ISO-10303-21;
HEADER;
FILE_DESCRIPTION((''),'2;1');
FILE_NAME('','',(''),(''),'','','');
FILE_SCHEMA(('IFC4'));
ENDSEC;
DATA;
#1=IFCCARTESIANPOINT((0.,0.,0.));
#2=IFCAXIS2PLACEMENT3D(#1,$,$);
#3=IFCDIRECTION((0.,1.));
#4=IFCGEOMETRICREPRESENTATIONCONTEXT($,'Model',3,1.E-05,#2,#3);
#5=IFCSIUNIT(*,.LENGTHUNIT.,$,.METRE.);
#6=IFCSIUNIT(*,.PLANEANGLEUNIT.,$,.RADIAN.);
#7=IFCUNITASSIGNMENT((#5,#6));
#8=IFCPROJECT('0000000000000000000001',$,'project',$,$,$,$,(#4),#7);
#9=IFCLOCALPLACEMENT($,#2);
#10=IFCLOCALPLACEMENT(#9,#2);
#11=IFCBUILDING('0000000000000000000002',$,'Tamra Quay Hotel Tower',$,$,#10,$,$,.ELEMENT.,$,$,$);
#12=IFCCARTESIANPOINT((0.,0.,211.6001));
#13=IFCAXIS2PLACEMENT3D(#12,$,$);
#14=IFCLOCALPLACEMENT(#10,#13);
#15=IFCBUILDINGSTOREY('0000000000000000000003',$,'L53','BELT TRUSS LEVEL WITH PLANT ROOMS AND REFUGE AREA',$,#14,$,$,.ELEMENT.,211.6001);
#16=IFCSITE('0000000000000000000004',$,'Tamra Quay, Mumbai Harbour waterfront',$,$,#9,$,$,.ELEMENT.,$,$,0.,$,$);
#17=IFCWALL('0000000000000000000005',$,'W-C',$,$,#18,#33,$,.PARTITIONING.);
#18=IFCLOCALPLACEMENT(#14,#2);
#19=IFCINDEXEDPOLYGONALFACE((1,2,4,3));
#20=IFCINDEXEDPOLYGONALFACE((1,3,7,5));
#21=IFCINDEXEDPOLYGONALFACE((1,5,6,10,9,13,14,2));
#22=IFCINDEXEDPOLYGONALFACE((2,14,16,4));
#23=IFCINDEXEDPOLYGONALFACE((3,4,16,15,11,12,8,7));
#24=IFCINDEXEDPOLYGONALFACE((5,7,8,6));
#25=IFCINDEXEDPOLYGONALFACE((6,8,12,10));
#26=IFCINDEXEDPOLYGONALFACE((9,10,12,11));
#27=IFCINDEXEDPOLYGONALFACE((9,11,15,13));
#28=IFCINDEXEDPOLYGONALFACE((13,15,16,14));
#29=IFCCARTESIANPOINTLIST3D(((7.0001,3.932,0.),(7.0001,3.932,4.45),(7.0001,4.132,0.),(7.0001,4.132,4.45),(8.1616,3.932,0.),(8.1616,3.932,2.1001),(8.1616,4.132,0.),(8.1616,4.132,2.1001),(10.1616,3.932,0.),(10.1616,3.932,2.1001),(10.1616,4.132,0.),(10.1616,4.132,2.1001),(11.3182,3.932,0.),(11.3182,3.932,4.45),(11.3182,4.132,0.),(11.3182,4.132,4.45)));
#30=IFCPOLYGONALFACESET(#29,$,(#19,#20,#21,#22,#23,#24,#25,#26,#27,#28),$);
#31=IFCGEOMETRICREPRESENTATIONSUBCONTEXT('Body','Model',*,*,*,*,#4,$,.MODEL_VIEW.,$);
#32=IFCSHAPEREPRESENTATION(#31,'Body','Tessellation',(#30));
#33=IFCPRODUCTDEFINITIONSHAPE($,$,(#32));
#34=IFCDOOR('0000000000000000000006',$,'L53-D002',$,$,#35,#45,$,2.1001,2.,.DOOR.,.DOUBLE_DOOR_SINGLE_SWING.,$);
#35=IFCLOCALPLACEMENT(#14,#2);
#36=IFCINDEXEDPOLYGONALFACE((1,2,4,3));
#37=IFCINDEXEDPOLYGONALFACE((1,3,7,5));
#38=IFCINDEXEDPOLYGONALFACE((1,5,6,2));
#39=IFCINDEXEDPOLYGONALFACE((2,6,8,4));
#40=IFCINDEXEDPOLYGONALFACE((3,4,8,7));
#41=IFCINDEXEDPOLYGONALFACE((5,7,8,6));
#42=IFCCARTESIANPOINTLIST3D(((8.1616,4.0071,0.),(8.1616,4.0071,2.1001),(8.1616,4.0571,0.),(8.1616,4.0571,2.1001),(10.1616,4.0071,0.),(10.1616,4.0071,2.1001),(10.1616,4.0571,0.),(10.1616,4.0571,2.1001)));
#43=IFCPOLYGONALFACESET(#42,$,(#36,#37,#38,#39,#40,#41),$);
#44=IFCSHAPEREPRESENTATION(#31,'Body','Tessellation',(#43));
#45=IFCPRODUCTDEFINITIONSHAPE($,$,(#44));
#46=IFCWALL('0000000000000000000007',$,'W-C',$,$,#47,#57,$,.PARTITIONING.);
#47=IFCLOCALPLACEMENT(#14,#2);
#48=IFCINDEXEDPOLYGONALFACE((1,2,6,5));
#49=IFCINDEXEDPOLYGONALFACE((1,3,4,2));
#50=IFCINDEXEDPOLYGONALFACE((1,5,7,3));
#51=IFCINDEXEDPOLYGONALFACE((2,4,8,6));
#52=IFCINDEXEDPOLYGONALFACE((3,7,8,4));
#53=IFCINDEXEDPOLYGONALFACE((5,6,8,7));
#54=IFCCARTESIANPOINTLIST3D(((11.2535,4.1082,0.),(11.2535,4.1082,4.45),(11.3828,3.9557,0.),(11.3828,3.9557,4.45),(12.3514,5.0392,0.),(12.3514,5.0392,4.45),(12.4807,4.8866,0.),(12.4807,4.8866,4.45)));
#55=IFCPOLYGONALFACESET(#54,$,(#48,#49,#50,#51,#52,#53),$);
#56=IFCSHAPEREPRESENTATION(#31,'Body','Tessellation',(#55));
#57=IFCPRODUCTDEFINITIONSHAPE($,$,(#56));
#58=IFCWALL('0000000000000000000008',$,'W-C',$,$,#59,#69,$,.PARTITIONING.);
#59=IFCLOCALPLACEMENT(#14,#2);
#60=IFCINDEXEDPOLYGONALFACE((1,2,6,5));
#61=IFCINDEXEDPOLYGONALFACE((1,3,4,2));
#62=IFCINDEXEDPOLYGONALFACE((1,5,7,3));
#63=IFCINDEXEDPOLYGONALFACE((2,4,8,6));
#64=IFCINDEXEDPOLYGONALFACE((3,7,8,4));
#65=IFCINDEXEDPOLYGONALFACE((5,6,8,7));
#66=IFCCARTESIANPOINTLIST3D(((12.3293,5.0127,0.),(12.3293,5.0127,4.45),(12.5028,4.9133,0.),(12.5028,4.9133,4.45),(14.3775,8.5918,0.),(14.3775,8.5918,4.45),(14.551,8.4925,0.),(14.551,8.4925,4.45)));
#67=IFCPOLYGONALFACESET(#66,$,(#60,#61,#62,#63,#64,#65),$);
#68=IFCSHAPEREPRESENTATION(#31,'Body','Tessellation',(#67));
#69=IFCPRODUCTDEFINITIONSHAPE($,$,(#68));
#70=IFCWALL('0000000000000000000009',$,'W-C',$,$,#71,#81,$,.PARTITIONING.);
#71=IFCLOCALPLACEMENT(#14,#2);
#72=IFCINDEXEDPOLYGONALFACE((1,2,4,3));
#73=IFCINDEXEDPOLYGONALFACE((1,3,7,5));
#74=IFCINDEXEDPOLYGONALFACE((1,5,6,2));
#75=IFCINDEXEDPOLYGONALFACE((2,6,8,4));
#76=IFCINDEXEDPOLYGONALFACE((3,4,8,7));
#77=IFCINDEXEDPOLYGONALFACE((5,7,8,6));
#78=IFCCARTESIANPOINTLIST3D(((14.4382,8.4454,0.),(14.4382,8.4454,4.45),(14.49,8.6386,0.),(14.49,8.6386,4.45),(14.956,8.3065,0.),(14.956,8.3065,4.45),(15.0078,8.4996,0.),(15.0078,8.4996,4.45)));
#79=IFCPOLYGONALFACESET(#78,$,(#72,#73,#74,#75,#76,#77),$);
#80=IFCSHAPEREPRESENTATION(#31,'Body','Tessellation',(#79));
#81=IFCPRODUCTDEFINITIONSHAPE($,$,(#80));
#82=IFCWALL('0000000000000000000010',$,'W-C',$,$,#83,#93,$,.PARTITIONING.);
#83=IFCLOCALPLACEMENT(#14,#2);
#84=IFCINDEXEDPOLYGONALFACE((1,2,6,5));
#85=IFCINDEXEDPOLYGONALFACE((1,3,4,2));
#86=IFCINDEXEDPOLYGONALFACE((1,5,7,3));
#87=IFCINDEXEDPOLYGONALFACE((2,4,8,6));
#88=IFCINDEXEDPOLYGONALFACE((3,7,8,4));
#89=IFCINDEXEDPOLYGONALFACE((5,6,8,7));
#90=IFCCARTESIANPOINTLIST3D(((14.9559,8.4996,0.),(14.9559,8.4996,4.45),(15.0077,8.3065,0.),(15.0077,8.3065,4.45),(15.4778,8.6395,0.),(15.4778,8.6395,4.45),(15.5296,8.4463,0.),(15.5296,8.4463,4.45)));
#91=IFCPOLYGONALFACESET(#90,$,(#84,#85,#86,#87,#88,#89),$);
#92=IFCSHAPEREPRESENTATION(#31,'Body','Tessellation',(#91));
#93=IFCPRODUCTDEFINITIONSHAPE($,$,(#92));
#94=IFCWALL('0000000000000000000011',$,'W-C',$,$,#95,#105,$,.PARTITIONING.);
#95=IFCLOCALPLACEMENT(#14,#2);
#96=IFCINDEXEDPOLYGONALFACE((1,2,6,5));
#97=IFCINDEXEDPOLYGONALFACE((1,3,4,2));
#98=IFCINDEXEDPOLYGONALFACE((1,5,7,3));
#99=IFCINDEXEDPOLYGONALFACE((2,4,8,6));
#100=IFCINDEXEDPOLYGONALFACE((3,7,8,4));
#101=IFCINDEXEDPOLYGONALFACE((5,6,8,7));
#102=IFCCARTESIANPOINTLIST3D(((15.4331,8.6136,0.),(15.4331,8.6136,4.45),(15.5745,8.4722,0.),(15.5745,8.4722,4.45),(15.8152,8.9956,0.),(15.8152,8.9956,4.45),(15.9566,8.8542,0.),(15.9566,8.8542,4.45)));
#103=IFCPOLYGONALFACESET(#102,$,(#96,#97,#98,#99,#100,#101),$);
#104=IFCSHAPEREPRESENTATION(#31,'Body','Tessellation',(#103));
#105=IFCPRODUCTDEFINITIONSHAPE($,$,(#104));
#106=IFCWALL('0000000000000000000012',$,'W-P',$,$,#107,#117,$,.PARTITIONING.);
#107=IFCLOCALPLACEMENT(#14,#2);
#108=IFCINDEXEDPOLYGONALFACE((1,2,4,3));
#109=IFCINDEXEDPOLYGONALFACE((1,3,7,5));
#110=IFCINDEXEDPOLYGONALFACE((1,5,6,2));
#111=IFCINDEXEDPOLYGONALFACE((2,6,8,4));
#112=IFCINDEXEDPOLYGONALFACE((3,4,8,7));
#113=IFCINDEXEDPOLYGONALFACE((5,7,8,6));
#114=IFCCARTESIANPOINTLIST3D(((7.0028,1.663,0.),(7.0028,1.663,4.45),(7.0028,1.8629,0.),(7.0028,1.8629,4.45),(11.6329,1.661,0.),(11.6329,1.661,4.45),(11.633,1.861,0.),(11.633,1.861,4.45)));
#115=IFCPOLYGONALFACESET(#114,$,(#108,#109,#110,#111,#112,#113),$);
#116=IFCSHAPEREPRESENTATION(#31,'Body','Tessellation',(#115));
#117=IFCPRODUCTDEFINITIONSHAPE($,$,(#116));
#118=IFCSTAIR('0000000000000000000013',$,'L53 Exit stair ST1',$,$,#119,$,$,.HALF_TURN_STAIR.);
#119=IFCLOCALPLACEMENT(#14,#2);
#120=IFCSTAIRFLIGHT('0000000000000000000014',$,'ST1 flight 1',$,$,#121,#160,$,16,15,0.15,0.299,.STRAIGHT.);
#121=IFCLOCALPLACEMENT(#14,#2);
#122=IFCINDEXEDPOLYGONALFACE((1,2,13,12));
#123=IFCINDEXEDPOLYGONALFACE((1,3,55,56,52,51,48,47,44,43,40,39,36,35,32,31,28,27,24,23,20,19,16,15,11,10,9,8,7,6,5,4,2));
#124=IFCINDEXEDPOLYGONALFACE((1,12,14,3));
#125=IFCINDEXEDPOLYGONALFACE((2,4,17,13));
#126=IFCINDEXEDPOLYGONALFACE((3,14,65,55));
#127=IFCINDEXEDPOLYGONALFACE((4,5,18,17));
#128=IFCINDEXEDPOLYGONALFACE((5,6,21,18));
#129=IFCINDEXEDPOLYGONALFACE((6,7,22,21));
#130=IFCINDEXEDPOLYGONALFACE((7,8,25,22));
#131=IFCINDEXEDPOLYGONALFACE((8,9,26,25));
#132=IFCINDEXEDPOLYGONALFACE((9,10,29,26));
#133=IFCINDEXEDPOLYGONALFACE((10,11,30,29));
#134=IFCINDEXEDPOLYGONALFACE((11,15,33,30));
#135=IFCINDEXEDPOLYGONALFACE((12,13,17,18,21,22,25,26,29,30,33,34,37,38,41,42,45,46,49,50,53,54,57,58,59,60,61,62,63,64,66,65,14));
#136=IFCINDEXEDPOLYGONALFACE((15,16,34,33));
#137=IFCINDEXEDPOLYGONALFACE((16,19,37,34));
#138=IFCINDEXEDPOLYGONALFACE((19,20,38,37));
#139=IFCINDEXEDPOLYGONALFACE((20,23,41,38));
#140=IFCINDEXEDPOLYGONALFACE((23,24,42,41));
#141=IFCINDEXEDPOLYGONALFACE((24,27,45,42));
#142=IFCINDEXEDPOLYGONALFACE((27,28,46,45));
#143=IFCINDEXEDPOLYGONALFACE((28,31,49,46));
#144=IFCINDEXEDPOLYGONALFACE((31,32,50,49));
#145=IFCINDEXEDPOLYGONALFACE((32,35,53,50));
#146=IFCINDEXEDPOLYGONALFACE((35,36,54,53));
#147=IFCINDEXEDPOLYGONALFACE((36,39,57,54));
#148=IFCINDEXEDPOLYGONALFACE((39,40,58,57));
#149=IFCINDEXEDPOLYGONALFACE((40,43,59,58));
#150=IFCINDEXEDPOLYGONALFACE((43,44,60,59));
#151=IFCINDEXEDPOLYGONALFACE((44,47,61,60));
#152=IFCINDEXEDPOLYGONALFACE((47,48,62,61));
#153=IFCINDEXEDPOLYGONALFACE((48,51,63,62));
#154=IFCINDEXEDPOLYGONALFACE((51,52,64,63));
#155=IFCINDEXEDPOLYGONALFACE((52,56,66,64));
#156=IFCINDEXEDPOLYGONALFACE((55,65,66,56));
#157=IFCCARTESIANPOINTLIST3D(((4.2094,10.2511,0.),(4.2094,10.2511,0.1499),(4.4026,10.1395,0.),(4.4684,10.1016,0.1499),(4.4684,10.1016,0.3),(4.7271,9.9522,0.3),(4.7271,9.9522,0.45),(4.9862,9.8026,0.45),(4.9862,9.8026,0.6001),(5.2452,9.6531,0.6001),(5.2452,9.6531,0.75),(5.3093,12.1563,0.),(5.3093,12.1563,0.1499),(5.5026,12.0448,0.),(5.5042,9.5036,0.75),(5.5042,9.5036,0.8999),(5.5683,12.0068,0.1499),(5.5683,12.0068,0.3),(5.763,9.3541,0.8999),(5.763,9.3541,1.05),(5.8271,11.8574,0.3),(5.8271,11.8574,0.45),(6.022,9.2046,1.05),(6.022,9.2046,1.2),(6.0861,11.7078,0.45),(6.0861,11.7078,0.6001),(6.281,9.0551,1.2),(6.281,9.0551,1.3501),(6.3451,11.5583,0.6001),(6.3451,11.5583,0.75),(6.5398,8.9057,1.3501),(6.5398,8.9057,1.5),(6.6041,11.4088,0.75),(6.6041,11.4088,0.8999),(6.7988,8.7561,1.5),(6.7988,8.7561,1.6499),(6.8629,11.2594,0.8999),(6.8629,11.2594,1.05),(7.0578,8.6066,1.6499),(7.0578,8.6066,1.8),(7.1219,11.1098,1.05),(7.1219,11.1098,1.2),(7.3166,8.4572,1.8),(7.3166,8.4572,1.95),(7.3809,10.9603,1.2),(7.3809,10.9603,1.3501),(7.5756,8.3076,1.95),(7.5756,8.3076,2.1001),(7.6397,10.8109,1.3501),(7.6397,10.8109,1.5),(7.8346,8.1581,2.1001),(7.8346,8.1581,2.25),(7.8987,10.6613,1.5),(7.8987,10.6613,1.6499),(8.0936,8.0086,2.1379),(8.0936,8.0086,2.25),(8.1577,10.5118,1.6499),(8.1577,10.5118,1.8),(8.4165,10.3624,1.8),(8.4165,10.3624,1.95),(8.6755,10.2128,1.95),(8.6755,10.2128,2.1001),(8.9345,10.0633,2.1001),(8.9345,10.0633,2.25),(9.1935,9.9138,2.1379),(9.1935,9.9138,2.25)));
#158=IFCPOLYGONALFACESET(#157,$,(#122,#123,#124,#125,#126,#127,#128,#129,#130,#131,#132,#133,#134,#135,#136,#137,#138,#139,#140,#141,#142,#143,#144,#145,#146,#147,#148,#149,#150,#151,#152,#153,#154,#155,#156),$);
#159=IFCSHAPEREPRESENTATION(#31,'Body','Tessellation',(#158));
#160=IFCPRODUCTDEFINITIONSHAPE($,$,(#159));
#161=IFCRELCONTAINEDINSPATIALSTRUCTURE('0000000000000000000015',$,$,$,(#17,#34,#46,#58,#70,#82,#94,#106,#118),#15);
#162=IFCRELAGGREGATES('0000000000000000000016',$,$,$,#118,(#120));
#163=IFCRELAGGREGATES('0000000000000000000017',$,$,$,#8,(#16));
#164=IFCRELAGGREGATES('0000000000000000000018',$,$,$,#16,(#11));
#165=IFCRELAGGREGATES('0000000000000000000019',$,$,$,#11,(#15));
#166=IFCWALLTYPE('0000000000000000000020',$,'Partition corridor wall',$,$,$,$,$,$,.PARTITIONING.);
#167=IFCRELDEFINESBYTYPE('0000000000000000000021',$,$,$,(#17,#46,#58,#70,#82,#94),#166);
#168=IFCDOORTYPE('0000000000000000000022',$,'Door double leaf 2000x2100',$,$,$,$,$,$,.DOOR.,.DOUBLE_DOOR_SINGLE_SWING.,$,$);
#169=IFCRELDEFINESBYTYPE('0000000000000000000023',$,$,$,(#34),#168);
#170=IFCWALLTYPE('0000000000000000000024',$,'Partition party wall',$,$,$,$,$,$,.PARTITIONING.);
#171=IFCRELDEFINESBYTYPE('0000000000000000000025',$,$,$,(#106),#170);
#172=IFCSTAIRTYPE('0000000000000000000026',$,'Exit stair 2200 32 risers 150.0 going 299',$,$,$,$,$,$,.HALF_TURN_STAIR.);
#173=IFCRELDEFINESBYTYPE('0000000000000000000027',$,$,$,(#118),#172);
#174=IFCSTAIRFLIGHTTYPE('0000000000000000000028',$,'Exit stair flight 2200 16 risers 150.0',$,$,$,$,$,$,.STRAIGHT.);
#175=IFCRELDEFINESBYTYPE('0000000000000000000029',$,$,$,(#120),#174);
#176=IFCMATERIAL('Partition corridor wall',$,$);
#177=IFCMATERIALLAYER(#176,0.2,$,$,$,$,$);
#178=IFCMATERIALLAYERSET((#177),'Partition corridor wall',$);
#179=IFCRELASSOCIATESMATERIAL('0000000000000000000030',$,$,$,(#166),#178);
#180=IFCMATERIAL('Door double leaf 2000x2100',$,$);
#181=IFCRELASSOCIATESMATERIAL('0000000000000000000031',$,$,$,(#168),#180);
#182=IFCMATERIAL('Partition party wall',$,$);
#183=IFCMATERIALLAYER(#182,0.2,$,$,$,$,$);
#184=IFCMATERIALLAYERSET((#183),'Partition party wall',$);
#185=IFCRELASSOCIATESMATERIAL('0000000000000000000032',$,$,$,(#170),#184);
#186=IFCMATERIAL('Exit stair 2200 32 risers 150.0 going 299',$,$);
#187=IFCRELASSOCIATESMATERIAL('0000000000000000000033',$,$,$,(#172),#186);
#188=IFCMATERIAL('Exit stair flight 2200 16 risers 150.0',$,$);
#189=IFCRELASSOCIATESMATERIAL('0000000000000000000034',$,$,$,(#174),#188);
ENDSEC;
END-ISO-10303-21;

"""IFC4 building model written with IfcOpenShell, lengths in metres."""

from ifc_helpers import new_model, si_unit, direction, frame, frame_2d, origin, place, context, subcontext, project, spatial, polyline, rectangle, outline, extrude, material, layer, layer_set, type_object, element, fill, aggregate, save


model = new_model("IFC4")

# Units and contexts
model_context = context("Model", 3, precision=1e-05, world=origin(), true_north=direction((0.0, 1.0)))
body_context = subcontext(model_context, "Body", "Model", "MODEL_VIEW")
ifc_project = project(units=[si_unit("LENGTHUNIT", "METRE"), si_unit("PLANEANGLEUNIT", "RADIAN")], contexts=[model_context])

# Site, building, storey
site_placement = place(None, origin())
site = spatial("IfcSite", under=ifc_project, at=site_placement, Name="Tamra Quay, Mumbai Harbour waterfront", CompositionType="ELEMENT", RefElevation=0.0)
building_placement = place(site_placement, origin())
building = spatial("IfcBuilding", under=site, at=building_placement, Name="Tamra Quay Hotel Tower", CompositionType="ELEMENT")
storey_placement = place(building_placement, frame((0.0, 0.0, 211.6001)))
storey = spatial("IfcBuildingStorey", under=building, at=storey_placement, Name="L53", Description="BELT TRUSS LEVEL WITH PLANT ROOMS AND REFUGE AREA", CompositionType="ELEMENT", Elevation=211.6001)

# Wall, opening, door
ifc_material_1 = material(Name="Partition corridor wall")
ifc_layer_1 = layer(ifc_material_1, 0.2)
ifc_layer_set_1 = layer_set([ifc_layer_1], Name="Partition corridor wall")
wall_type_1 = type_object("IfcWallType", Name="Partition corridor wall", PredefinedType="PARTITIONING", material=ifc_layer_set_1)
wall_1_placement = place(storey_placement, frame((7.0, 4.032, 0.0), z_axis=(0.0, 0.0, 1.0), x_axis=(1.0, 0.0, 0.0)))
wall_1 = element("IfcWall", 1, at=wall_1_placement, inside=storey, type_object=wall_type_1, Name="W-C", PredefinedType="PARTITIONING", context=body_context, shape_type="SweptSolid", body=[
    extrude(rectangle(XDim=4.3181, YDim=0.2, at=frame_2d((2.1592, 0.0))), origin(), (0.0, 0.0, 1.0), 4.45),
])
opening_1_placement = place(wall_1_placement, frame((1.1616, 0.0, 0.0)))
opening_1 = element("IfcOpeningElement", 2, at=opening_1_placement, cuts=wall_1, PredefinedType="OPENING", context=body_context, shape_type="SweptSolid", body=[
    extrude(rectangle(XDim=2.0, YDim=2.1001, at=frame_2d((1.0, 1.05))), frame((0.0, 0.1099, 0.0), z_axis=(0.0, -1.0, 0.0), x_axis=(1.0, 0.0, 0.0)), (0.0, 0.0, 1.0), 0.22),
])
ifc_material_2 = material(Name="Door double leaf 2000x2100")
door_type_1 = type_object("IfcDoorType", Name="Door double leaf 2000x2100", OperationType="DOUBLE_DOOR_SINGLE_SWING", PredefinedType="DOOR", material=ifc_material_2)
door_1_placement = place(opening_1_placement, frame((2.0, 0.0, 0.0), z_axis=(0.0, 0.0, 1.0), x_axis=(-1.0, 0.0, 0.0)))
door_1 = element("IfcDoor", 3, at=door_1_placement, inside=storey, type_object=door_type_1, Name="L53-D002", OperationType="DOUBLE_DOOR_SINGLE_SWING", OverallHeight=2.1001, OverallWidth=2.0, PredefinedType="DOOR", context=body_context, shape_type="SweptSolid", body=[
    extrude(rectangle(XDim=2.0, YDim=2.1001, at=frame_2d((1.0, 1.05))), frame((0.0, 0.0249, 0.0), z_axis=(0.0, -1.0, 0.0), x_axis=(1.0, 0.0, 0.0)), (0.0, 0.0, 1.0), 0.05),
])
fill(opening_1, door_1)

# Walls
wall_2_placement = place(storey_placement, frame((11.3181, 4.032, 0.0), z_axis=(0.0, 0.0, 1.0), x_axis=(0.76273, 0.646717, 0.0)))
element("IfcWall", 4, at=wall_2_placement, inside=storey, type_object=wall_type_1, Name="W-C", PredefinedType="PARTITIONING", context=body_context, shape_type="SweptSolid", body=[
    extrude(rectangle(XDim=1.4395, YDim=0.2, at=frame_2d((0.7197, 0.0))), origin(), (0.0, 0.0, 1.0), 4.45),
])
wall_3_placement = place(storey_placement, frame((12.416, 4.9629, 0.0), z_axis=(0.0, 0.0, 1.0), x_axis=(0.496668, 0.867941, 0.0)))
element("IfcWall", 5, at=wall_3_placement, inside=storey, type_object=wall_type_1, Name="W-C", PredefinedType="PARTITIONING", context=body_context, shape_type="SweptSolid", body=[
    extrude(rectangle(XDim=4.1238, YDim=0.2, at=frame_2d((2.062, 0.0))), origin(), (0.0, 0.0, 1.0), 4.45),
])
wall_4_placement = place(storey_placement, frame((14.4641, 8.542, 0.0), z_axis=(0.0, 0.0, 1.0), x_axis=(0.965848, -0.259108, 0.0)))
element("IfcWall", 6, at=wall_4_placement, inside=storey, type_object=wall_type_1, Name="W-C", PredefinedType="PARTITIONING", context=body_context, shape_type="SweptSolid", body=[
    extrude(rectangle(XDim=0.5361, YDim=0.2, at=frame_2d((0.2681, 0.0))), origin(), (0.0, 0.0, 1.0), 4.45),
])
for number, where, z_axis, x_axis, name in (
    (7, (14.9819, 8.4031, 0.0), (0.0, 0.0, 1.0), (0.965912, 0.258872, 0.0), "W-C"),
    (8, (15.5039, 8.543, 0.0), (0.0, 0.0, 1.0), (0.707107, 0.707107, 0.0), "W-C"),
):
    element("IfcWall", number, at=place(storey_placement, frame(where, z_axis=z_axis, x_axis=x_axis)), inside=storey, type_object=wall_type_1, Name=name, PredefinedType="PARTITIONING", context=body_context, shape_type="SweptSolid", body=[
        extrude(rectangle(XDim=0.5403, YDim=0.2, at=frame_2d((0.27, 0.0))), origin(), (0.0, 0.0, 1.0), 4.45),
    ])
ifc_material_3 = material(Name="Partition party wall")
ifc_layer_2 = layer(ifc_material_3, 0.2)
ifc_layer_set_2 = layer_set([ifc_layer_2], Name="Partition party wall")
wall_type_2 = type_object("IfcWallType", Name="Partition party wall", PredefinedType="PARTITIONING", material=ifc_layer_set_2)
wall_5_placement = place(storey_placement, frame((7.0029, 1.7629, 0.0), z_axis=(0.0, 0.0, 1.0), x_axis=(1.0, -0.000422, 0.0)))
element("IfcWall", 9, at=wall_5_placement, inside=storey, type_object=wall_type_2, Name="W-P", PredefinedType="PARTITIONING", context=body_context, shape_type="SweptSolid", body=[
    extrude(rectangle(XDim=4.6301, YDim=0.2, at=frame_2d((2.3149, 0.0))), origin(), (0.0, 0.0, 1.0), 4.45),
])

# Stair, stair flight
ifc_material_4 = material(Name="Exit stair 2200 32 risers 150.0 going 299")
stair_type = type_object("IfcStairType", Name="Exit stair 2200 32 risers 150.0 going 299", PredefinedType="HALF_TURN_STAIR", material=ifc_material_4)
stair_placement = place(storey_placement, origin())
stair = element("IfcStair", 10, at=stair_placement, inside=storey, type_object=stair_type, Name="L53 Exit stair ST1", PredefinedType="HALF_TURN_STAIR")
ifc_material_5 = material(Name="Exit stair flight 2200 16 risers 150.0")
stair_flight_type = type_object("IfcStairFlightType", Name="Exit stair flight 2200 16 risers 150.0", PredefinedType="STRAIGHT", material=ifc_material_5)
stair_flight_1_placement = place(storey_placement, frame((4.7593, 11.2036, 0.0), z_axis=(0.0, 0.0, 1.0), x_axis=(0.866025, -0.5, 0.0)))
stair_flight_1 = element("IfcStairFlight", 11, at=stair_flight_1_placement, type_object=stair_flight_type, Name="ST1 flight 1", NumberOfRisers=16, NumberOfTreads=15, PredefinedType="STRAIGHT", RiserHeight=0.15, TreadLength=0.299, context=body_context, shape_type="SweptSolid", body=[
    extrude(outline(polyline([(0.0, 0.0), (0.0, 0.1499), (0.2991, 0.1499), (0.2991, 0.3), (0.5979, 0.3), (0.5979, 0.45), (0.897, 0.45), (0.897, 0.6001), (1.196, 0.6001), (1.196, 0.75), (1.4951, 0.75), (1.4951, 0.8999), (1.7939, 0.8999), (1.7939, 1.05), (2.093, 1.05), (2.093, 1.2), (2.3921, 1.2), (2.3921, 1.3501), (2.6909, 1.3501), (2.6909, 1.5), (2.99, 1.5), (2.99, 1.6499), (3.2891, 1.6499), (3.2891, 1.8), (3.5879, 1.8), (3.5879, 1.95), (3.887, 1.95), (3.887, 2.1001), (4.186, 2.1001), (4.186, 2.25), (4.4851, 2.25), (4.4851, 2.3999), (4.4851, 2.1379), (0.2231, 0.0), (0.0, 0.0)])), frame((0.0, 1.1001, 0.0), z_axis=(0.0, -1.0, 0.0), x_axis=(1.0, 0.0, 0.0)), (0.0, 0.0, 1.0), 2.2),
])
aggregate(stair, [stair_flight_1])

save(model, "model.ifc")
